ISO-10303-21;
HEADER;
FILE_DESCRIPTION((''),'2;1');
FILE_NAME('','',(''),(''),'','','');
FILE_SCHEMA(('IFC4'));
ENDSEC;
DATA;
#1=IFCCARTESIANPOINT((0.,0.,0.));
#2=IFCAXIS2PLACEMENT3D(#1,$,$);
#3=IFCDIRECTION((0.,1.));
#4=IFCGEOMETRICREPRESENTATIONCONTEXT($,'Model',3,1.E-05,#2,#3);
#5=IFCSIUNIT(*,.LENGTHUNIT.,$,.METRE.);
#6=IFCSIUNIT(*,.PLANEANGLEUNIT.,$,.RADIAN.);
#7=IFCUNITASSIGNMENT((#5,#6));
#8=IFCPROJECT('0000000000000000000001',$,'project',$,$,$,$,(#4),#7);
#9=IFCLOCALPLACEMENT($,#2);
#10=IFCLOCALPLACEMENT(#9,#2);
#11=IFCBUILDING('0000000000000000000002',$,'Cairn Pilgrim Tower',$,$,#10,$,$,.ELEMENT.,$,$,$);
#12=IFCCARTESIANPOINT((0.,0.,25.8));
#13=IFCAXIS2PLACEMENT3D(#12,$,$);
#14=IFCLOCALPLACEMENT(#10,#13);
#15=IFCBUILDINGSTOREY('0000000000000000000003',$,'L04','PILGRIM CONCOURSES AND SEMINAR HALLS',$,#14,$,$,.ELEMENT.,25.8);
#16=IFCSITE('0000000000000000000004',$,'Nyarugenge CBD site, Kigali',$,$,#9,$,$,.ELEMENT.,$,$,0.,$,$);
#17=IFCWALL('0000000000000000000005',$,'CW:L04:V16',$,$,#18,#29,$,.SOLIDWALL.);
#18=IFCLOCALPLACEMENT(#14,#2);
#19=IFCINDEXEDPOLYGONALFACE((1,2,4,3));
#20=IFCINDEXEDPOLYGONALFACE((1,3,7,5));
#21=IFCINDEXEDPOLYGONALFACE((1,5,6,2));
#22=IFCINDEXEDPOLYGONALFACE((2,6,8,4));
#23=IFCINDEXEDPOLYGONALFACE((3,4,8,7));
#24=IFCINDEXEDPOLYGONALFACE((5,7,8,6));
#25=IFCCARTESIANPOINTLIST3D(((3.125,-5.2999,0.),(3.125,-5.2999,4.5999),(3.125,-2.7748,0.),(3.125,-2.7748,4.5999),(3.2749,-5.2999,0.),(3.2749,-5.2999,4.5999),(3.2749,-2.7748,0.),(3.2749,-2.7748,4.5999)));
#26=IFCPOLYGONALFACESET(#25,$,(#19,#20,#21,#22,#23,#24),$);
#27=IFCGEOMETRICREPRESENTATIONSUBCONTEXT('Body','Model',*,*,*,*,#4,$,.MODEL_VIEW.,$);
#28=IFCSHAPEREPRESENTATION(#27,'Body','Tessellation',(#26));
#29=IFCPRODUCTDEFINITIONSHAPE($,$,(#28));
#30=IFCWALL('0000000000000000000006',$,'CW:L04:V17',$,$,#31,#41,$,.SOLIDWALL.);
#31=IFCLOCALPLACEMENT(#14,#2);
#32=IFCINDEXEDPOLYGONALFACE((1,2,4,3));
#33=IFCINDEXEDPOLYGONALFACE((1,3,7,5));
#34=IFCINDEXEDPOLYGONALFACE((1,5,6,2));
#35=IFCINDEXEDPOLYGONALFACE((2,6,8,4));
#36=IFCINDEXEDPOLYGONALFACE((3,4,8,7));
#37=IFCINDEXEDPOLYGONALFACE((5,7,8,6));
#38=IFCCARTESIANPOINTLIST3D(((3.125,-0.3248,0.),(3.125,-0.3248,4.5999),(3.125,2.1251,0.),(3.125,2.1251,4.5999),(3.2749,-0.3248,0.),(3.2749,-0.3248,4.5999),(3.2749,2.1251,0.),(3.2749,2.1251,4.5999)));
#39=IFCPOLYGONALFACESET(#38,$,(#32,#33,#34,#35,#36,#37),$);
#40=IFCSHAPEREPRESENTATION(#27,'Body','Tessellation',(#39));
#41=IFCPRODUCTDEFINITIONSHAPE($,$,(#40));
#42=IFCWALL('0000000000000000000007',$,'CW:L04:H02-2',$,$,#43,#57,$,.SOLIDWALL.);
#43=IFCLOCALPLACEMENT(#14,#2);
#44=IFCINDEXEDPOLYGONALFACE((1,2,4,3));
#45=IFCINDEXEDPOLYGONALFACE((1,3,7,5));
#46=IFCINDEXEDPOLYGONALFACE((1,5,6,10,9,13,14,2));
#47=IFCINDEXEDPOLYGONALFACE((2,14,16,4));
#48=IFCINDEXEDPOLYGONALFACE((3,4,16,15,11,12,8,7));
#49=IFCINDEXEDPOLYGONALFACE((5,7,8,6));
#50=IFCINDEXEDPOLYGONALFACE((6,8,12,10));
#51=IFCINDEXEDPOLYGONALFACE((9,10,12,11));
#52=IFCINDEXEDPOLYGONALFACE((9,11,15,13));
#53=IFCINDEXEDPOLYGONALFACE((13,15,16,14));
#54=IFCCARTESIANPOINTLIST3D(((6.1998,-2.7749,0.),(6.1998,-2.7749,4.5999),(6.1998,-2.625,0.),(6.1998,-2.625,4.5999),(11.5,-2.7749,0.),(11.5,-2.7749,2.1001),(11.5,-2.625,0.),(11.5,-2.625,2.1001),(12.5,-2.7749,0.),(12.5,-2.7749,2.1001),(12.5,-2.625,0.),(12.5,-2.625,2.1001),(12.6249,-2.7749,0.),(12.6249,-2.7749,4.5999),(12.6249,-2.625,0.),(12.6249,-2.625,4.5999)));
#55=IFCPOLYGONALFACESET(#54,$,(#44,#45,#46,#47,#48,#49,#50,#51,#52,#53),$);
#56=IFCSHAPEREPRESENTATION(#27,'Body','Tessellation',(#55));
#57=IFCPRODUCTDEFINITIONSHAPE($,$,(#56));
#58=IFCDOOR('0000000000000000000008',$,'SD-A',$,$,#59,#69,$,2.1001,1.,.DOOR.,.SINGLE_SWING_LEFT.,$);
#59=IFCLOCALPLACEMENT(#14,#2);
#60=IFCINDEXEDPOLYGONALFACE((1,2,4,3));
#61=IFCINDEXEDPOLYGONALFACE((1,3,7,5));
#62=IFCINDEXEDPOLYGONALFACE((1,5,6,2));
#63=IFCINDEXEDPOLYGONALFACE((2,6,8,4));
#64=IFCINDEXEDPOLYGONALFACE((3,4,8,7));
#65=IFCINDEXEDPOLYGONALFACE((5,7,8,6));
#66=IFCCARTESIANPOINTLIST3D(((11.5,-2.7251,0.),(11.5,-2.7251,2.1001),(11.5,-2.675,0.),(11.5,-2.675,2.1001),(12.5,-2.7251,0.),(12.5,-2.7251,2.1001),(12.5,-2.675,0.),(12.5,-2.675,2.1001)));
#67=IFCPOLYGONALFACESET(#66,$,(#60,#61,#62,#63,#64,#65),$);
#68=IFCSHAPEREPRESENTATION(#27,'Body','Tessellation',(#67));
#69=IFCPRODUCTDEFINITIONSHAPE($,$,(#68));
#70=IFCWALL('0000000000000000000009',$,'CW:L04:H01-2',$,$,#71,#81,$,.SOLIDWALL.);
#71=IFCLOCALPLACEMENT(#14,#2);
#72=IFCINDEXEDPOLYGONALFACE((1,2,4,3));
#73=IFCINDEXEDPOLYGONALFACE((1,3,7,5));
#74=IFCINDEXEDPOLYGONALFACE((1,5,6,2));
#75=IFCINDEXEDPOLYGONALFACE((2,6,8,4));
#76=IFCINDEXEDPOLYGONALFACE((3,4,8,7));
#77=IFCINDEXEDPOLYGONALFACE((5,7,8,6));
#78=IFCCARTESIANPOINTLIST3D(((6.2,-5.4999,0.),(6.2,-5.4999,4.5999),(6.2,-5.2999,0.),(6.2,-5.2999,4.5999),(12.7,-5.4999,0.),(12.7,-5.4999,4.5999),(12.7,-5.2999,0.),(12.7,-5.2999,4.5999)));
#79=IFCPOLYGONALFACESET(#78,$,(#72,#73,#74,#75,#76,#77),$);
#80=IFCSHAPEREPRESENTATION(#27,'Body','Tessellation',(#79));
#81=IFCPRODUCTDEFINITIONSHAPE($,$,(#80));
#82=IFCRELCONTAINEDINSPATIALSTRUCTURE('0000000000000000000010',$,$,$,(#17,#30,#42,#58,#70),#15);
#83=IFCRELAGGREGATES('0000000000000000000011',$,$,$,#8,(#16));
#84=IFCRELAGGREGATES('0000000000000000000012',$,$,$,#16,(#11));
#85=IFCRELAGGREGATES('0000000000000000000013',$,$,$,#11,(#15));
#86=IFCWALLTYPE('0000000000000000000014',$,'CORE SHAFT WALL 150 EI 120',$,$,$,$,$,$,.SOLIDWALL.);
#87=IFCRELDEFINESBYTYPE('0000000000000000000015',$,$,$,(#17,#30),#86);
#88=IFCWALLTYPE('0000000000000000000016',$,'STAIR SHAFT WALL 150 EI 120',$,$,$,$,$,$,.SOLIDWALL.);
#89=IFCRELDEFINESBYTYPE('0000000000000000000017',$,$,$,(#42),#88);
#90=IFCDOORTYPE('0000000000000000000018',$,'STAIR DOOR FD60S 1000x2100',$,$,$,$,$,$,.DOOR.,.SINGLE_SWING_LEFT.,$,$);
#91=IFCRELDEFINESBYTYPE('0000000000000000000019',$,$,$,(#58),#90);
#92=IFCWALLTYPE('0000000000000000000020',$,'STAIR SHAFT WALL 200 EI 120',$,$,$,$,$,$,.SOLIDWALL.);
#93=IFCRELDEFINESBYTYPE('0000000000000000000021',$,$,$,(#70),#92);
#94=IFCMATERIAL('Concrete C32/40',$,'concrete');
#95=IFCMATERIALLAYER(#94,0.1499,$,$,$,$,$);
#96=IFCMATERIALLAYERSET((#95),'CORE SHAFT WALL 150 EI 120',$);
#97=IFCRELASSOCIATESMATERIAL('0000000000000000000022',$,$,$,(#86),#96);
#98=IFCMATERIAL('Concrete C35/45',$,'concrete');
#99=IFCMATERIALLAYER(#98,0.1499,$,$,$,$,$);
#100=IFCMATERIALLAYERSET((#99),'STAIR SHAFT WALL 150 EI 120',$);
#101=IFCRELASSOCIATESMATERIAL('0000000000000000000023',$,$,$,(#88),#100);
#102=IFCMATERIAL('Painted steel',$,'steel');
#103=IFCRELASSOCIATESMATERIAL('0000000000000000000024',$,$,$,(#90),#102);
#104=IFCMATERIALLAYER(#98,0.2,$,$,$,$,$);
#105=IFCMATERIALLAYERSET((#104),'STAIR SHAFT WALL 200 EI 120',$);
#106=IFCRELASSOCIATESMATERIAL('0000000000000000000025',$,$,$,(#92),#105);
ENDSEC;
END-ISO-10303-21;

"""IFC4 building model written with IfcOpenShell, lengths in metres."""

from ifc_helpers import new_model, si_unit, direction, frame, frame_2d, origin, place, context, subcontext, project, spatial, rectangle, extrude, material, layer, layer_set, type_object, element, fill, save


model = new_model("IFC4")

# Units and contexts
model_context = context("Model", 3, precision=1e-05, world=origin(), true_north=direction((0.0, 1.0)))
body_context = subcontext(model_context, "Body", "Model", "MODEL_VIEW")
ifc_project = project(units=[si_unit("LENGTHUNIT", "METRE"), si_unit("PLANEANGLEUNIT", "RADIAN")], contexts=[model_context])

# Site, building, storey
site_placement = place(None, origin())
site = spatial("IfcSite", under=ifc_project, at=site_placement, Name="Nyarugenge CBD site, Kigali", CompositionType="ELEMENT", RefElevation=0.0)
building_placement = place(site_placement, origin())
building = spatial("IfcBuilding", under=site, at=building_placement, Name="Cairn Pilgrim Tower", CompositionType="ELEMENT")
storey_placement = place(building_placement, frame((0.0, 0.0, 25.8)))
storey = spatial("IfcBuildingStorey", under=building, at=storey_placement, Name="L04", Description="PILGRIM CONCOURSES AND SEMINAR HALLS", CompositionType="ELEMENT", Elevation=25.8)

# Shared definitions
ifc_material_1 = material(Name="Concrete C35/45", Category="concrete")

# Shared definitions
ifc_material_2 = material(Name="Concrete C32/40", Category="concrete")
ifc_layer_1 = layer(ifc_material_2, 0.1499)
ifc_layer_set_1 = layer_set([ifc_layer_1], Name="CORE SHAFT WALL 150 EI 120")
wall_type_1 = type_object("IfcWallType", Name="CORE SHAFT WALL 150 EI 120", PredefinedType="SOLIDWALL", material=ifc_layer_set_1)

# Walls
wall_1_placement = place(storey_placement, frame((3.2, -5.3, 0.0), z_axis=(0.0, 0.0, 1.0), x_axis=(0.0, 1.0, 0.0)))
element("IfcWall", 1, at=wall_1_placement, inside=storey, type_object=wall_type_1, Name="CW:L04:V16", PredefinedType="SOLIDWALL", context=body_context, shape_type="SweptSolid", body=[
    extrude(rectangle(XDim=2.5251, YDim=0.1499, at=frame_2d((1.2627, 0.0))), origin(), (0.0, 0.0, 1.0), 4.5999),
])
wall_2_placement = place(storey_placement, frame((3.2, -0.325, 0.0), z_axis=(0.0, 0.0, 1.0), x_axis=(0.0, 1.0, 0.0)))
element("IfcWall", 2, at=wall_2_placement, inside=storey, type_object=wall_type_1, Name="CW:L04:V17", PredefinedType="SOLIDWALL", context=body_context, shape_type="SweptSolid", body=[
    extrude(rectangle(XDim=2.45, YDim=0.1499, at=frame_2d((1.2251, 0.0))), origin(), (0.0, 0.0, 1.0), 4.5999),
])

# Wall, opening, door
ifc_layer_2 = layer(ifc_material_1, 0.1499)
ifc_layer_set_2 = layer_set([ifc_layer_2], Name="STAIR SHAFT WALL 150 EI 120")
wall_type_2 = type_object("IfcWallType", Name="STAIR SHAFT WALL 150 EI 120", PredefinedType="SOLIDWALL", material=ifc_layer_set_2)
wall_3_placement = place(storey_placement, frame((6.2, -2.7, 0.0), z_axis=(0.0, 0.0, 1.0), x_axis=(1.0, 0.0, 0.0)))
wall_3 = element("IfcWall", 3, at=wall_3_placement, inside=storey, type_object=wall_type_2, Name="CW:L04:H02-2", PredefinedType="SOLIDWALL", context=body_context, shape_type="SweptSolid", body=[
    extrude(rectangle(XDim=6.425, YDim=0.1499, at=frame_2d((3.2124, 0.0))), origin(), (0.0, 0.0, 1.0), 4.5999),
])
opening_1_placement = place(wall_3_placement, frame((5.3, 0.0, 0.0)))
opening_1 = element("IfcOpeningElement", 4, at=opening_1_placement, cuts=wall_3, PredefinedType="OPENING", context=body_context, shape_type="SweptSolid", body=[
    extrude(rectangle(XDim=1.0, YDim=2.1001, at=frame_2d((0.5, 1.05))), frame((0.0, 0.085, 0.0), z_axis=(0.0, -1.0, 0.0), x_axis=(1.0, 0.0, 0.0)), (0.0, 0.0, 1.0), 0.1699),
])
ifc_material_3 = material(Name="Painted steel", Category="steel")
door_type_1 = type_object("IfcDoorType", Name="STAIR DOOR FD60S 1000x2100", OperationType="SINGLE_SWING_LEFT", PredefinedType="DOOR", material=ifc_material_3)
door_1_placement = place(opening_1_placement, origin())
door_1 = element("IfcDoor", 5, at=door_1_placement, inside=storey, type_object=door_type_1, Name="SD-A", OperationType="SINGLE_SWING_LEFT", OverallHeight=2.1001, OverallWidth=1.0, PredefinedType="DOOR", context=body_context, shape_type="SweptSolid", body=[
    extrude(rectangle(XDim=1.0, YDim=2.1001, at=frame_2d((0.5, 1.05))), frame((0.0, 0.0249, 0.0), z_axis=(0.0, -1.0, 0.0), x_axis=(1.0, 0.0, 0.0)), (0.0, 0.0, 1.0), 0.05),
])
fill(opening_1, door_1)

# Wall
ifc_layer_3 = layer(ifc_material_1, 0.2)
ifc_layer_set_3 = layer_set([ifc_layer_3], Name="STAIR SHAFT WALL 200 EI 120")
wall_type_3 = type_object("IfcWallType", Name="STAIR SHAFT WALL 200 EI 120", PredefinedType="SOLIDWALL", material=ifc_layer_set_3)
wall_4_placement = place(storey_placement, frame((6.2, -5.3999, 0.0), z_axis=(0.0, 0.0, 1.0), x_axis=(1.0, 0.0, 0.0)))
element("IfcWall", 6, at=wall_4_placement, inside=storey, type_object=wall_type_3, Name="CW:L04:H01-2", PredefinedType="SOLIDWALL", context=body_context, shape_type="SweptSolid", body=[
    extrude(rectangle(XDim=6.5, YDim=0.2, at=frame_2d((3.25, 0.0))), origin(), (0.0, 0.0, 1.0), 4.5999),
])

save(model, "model.ifc")
